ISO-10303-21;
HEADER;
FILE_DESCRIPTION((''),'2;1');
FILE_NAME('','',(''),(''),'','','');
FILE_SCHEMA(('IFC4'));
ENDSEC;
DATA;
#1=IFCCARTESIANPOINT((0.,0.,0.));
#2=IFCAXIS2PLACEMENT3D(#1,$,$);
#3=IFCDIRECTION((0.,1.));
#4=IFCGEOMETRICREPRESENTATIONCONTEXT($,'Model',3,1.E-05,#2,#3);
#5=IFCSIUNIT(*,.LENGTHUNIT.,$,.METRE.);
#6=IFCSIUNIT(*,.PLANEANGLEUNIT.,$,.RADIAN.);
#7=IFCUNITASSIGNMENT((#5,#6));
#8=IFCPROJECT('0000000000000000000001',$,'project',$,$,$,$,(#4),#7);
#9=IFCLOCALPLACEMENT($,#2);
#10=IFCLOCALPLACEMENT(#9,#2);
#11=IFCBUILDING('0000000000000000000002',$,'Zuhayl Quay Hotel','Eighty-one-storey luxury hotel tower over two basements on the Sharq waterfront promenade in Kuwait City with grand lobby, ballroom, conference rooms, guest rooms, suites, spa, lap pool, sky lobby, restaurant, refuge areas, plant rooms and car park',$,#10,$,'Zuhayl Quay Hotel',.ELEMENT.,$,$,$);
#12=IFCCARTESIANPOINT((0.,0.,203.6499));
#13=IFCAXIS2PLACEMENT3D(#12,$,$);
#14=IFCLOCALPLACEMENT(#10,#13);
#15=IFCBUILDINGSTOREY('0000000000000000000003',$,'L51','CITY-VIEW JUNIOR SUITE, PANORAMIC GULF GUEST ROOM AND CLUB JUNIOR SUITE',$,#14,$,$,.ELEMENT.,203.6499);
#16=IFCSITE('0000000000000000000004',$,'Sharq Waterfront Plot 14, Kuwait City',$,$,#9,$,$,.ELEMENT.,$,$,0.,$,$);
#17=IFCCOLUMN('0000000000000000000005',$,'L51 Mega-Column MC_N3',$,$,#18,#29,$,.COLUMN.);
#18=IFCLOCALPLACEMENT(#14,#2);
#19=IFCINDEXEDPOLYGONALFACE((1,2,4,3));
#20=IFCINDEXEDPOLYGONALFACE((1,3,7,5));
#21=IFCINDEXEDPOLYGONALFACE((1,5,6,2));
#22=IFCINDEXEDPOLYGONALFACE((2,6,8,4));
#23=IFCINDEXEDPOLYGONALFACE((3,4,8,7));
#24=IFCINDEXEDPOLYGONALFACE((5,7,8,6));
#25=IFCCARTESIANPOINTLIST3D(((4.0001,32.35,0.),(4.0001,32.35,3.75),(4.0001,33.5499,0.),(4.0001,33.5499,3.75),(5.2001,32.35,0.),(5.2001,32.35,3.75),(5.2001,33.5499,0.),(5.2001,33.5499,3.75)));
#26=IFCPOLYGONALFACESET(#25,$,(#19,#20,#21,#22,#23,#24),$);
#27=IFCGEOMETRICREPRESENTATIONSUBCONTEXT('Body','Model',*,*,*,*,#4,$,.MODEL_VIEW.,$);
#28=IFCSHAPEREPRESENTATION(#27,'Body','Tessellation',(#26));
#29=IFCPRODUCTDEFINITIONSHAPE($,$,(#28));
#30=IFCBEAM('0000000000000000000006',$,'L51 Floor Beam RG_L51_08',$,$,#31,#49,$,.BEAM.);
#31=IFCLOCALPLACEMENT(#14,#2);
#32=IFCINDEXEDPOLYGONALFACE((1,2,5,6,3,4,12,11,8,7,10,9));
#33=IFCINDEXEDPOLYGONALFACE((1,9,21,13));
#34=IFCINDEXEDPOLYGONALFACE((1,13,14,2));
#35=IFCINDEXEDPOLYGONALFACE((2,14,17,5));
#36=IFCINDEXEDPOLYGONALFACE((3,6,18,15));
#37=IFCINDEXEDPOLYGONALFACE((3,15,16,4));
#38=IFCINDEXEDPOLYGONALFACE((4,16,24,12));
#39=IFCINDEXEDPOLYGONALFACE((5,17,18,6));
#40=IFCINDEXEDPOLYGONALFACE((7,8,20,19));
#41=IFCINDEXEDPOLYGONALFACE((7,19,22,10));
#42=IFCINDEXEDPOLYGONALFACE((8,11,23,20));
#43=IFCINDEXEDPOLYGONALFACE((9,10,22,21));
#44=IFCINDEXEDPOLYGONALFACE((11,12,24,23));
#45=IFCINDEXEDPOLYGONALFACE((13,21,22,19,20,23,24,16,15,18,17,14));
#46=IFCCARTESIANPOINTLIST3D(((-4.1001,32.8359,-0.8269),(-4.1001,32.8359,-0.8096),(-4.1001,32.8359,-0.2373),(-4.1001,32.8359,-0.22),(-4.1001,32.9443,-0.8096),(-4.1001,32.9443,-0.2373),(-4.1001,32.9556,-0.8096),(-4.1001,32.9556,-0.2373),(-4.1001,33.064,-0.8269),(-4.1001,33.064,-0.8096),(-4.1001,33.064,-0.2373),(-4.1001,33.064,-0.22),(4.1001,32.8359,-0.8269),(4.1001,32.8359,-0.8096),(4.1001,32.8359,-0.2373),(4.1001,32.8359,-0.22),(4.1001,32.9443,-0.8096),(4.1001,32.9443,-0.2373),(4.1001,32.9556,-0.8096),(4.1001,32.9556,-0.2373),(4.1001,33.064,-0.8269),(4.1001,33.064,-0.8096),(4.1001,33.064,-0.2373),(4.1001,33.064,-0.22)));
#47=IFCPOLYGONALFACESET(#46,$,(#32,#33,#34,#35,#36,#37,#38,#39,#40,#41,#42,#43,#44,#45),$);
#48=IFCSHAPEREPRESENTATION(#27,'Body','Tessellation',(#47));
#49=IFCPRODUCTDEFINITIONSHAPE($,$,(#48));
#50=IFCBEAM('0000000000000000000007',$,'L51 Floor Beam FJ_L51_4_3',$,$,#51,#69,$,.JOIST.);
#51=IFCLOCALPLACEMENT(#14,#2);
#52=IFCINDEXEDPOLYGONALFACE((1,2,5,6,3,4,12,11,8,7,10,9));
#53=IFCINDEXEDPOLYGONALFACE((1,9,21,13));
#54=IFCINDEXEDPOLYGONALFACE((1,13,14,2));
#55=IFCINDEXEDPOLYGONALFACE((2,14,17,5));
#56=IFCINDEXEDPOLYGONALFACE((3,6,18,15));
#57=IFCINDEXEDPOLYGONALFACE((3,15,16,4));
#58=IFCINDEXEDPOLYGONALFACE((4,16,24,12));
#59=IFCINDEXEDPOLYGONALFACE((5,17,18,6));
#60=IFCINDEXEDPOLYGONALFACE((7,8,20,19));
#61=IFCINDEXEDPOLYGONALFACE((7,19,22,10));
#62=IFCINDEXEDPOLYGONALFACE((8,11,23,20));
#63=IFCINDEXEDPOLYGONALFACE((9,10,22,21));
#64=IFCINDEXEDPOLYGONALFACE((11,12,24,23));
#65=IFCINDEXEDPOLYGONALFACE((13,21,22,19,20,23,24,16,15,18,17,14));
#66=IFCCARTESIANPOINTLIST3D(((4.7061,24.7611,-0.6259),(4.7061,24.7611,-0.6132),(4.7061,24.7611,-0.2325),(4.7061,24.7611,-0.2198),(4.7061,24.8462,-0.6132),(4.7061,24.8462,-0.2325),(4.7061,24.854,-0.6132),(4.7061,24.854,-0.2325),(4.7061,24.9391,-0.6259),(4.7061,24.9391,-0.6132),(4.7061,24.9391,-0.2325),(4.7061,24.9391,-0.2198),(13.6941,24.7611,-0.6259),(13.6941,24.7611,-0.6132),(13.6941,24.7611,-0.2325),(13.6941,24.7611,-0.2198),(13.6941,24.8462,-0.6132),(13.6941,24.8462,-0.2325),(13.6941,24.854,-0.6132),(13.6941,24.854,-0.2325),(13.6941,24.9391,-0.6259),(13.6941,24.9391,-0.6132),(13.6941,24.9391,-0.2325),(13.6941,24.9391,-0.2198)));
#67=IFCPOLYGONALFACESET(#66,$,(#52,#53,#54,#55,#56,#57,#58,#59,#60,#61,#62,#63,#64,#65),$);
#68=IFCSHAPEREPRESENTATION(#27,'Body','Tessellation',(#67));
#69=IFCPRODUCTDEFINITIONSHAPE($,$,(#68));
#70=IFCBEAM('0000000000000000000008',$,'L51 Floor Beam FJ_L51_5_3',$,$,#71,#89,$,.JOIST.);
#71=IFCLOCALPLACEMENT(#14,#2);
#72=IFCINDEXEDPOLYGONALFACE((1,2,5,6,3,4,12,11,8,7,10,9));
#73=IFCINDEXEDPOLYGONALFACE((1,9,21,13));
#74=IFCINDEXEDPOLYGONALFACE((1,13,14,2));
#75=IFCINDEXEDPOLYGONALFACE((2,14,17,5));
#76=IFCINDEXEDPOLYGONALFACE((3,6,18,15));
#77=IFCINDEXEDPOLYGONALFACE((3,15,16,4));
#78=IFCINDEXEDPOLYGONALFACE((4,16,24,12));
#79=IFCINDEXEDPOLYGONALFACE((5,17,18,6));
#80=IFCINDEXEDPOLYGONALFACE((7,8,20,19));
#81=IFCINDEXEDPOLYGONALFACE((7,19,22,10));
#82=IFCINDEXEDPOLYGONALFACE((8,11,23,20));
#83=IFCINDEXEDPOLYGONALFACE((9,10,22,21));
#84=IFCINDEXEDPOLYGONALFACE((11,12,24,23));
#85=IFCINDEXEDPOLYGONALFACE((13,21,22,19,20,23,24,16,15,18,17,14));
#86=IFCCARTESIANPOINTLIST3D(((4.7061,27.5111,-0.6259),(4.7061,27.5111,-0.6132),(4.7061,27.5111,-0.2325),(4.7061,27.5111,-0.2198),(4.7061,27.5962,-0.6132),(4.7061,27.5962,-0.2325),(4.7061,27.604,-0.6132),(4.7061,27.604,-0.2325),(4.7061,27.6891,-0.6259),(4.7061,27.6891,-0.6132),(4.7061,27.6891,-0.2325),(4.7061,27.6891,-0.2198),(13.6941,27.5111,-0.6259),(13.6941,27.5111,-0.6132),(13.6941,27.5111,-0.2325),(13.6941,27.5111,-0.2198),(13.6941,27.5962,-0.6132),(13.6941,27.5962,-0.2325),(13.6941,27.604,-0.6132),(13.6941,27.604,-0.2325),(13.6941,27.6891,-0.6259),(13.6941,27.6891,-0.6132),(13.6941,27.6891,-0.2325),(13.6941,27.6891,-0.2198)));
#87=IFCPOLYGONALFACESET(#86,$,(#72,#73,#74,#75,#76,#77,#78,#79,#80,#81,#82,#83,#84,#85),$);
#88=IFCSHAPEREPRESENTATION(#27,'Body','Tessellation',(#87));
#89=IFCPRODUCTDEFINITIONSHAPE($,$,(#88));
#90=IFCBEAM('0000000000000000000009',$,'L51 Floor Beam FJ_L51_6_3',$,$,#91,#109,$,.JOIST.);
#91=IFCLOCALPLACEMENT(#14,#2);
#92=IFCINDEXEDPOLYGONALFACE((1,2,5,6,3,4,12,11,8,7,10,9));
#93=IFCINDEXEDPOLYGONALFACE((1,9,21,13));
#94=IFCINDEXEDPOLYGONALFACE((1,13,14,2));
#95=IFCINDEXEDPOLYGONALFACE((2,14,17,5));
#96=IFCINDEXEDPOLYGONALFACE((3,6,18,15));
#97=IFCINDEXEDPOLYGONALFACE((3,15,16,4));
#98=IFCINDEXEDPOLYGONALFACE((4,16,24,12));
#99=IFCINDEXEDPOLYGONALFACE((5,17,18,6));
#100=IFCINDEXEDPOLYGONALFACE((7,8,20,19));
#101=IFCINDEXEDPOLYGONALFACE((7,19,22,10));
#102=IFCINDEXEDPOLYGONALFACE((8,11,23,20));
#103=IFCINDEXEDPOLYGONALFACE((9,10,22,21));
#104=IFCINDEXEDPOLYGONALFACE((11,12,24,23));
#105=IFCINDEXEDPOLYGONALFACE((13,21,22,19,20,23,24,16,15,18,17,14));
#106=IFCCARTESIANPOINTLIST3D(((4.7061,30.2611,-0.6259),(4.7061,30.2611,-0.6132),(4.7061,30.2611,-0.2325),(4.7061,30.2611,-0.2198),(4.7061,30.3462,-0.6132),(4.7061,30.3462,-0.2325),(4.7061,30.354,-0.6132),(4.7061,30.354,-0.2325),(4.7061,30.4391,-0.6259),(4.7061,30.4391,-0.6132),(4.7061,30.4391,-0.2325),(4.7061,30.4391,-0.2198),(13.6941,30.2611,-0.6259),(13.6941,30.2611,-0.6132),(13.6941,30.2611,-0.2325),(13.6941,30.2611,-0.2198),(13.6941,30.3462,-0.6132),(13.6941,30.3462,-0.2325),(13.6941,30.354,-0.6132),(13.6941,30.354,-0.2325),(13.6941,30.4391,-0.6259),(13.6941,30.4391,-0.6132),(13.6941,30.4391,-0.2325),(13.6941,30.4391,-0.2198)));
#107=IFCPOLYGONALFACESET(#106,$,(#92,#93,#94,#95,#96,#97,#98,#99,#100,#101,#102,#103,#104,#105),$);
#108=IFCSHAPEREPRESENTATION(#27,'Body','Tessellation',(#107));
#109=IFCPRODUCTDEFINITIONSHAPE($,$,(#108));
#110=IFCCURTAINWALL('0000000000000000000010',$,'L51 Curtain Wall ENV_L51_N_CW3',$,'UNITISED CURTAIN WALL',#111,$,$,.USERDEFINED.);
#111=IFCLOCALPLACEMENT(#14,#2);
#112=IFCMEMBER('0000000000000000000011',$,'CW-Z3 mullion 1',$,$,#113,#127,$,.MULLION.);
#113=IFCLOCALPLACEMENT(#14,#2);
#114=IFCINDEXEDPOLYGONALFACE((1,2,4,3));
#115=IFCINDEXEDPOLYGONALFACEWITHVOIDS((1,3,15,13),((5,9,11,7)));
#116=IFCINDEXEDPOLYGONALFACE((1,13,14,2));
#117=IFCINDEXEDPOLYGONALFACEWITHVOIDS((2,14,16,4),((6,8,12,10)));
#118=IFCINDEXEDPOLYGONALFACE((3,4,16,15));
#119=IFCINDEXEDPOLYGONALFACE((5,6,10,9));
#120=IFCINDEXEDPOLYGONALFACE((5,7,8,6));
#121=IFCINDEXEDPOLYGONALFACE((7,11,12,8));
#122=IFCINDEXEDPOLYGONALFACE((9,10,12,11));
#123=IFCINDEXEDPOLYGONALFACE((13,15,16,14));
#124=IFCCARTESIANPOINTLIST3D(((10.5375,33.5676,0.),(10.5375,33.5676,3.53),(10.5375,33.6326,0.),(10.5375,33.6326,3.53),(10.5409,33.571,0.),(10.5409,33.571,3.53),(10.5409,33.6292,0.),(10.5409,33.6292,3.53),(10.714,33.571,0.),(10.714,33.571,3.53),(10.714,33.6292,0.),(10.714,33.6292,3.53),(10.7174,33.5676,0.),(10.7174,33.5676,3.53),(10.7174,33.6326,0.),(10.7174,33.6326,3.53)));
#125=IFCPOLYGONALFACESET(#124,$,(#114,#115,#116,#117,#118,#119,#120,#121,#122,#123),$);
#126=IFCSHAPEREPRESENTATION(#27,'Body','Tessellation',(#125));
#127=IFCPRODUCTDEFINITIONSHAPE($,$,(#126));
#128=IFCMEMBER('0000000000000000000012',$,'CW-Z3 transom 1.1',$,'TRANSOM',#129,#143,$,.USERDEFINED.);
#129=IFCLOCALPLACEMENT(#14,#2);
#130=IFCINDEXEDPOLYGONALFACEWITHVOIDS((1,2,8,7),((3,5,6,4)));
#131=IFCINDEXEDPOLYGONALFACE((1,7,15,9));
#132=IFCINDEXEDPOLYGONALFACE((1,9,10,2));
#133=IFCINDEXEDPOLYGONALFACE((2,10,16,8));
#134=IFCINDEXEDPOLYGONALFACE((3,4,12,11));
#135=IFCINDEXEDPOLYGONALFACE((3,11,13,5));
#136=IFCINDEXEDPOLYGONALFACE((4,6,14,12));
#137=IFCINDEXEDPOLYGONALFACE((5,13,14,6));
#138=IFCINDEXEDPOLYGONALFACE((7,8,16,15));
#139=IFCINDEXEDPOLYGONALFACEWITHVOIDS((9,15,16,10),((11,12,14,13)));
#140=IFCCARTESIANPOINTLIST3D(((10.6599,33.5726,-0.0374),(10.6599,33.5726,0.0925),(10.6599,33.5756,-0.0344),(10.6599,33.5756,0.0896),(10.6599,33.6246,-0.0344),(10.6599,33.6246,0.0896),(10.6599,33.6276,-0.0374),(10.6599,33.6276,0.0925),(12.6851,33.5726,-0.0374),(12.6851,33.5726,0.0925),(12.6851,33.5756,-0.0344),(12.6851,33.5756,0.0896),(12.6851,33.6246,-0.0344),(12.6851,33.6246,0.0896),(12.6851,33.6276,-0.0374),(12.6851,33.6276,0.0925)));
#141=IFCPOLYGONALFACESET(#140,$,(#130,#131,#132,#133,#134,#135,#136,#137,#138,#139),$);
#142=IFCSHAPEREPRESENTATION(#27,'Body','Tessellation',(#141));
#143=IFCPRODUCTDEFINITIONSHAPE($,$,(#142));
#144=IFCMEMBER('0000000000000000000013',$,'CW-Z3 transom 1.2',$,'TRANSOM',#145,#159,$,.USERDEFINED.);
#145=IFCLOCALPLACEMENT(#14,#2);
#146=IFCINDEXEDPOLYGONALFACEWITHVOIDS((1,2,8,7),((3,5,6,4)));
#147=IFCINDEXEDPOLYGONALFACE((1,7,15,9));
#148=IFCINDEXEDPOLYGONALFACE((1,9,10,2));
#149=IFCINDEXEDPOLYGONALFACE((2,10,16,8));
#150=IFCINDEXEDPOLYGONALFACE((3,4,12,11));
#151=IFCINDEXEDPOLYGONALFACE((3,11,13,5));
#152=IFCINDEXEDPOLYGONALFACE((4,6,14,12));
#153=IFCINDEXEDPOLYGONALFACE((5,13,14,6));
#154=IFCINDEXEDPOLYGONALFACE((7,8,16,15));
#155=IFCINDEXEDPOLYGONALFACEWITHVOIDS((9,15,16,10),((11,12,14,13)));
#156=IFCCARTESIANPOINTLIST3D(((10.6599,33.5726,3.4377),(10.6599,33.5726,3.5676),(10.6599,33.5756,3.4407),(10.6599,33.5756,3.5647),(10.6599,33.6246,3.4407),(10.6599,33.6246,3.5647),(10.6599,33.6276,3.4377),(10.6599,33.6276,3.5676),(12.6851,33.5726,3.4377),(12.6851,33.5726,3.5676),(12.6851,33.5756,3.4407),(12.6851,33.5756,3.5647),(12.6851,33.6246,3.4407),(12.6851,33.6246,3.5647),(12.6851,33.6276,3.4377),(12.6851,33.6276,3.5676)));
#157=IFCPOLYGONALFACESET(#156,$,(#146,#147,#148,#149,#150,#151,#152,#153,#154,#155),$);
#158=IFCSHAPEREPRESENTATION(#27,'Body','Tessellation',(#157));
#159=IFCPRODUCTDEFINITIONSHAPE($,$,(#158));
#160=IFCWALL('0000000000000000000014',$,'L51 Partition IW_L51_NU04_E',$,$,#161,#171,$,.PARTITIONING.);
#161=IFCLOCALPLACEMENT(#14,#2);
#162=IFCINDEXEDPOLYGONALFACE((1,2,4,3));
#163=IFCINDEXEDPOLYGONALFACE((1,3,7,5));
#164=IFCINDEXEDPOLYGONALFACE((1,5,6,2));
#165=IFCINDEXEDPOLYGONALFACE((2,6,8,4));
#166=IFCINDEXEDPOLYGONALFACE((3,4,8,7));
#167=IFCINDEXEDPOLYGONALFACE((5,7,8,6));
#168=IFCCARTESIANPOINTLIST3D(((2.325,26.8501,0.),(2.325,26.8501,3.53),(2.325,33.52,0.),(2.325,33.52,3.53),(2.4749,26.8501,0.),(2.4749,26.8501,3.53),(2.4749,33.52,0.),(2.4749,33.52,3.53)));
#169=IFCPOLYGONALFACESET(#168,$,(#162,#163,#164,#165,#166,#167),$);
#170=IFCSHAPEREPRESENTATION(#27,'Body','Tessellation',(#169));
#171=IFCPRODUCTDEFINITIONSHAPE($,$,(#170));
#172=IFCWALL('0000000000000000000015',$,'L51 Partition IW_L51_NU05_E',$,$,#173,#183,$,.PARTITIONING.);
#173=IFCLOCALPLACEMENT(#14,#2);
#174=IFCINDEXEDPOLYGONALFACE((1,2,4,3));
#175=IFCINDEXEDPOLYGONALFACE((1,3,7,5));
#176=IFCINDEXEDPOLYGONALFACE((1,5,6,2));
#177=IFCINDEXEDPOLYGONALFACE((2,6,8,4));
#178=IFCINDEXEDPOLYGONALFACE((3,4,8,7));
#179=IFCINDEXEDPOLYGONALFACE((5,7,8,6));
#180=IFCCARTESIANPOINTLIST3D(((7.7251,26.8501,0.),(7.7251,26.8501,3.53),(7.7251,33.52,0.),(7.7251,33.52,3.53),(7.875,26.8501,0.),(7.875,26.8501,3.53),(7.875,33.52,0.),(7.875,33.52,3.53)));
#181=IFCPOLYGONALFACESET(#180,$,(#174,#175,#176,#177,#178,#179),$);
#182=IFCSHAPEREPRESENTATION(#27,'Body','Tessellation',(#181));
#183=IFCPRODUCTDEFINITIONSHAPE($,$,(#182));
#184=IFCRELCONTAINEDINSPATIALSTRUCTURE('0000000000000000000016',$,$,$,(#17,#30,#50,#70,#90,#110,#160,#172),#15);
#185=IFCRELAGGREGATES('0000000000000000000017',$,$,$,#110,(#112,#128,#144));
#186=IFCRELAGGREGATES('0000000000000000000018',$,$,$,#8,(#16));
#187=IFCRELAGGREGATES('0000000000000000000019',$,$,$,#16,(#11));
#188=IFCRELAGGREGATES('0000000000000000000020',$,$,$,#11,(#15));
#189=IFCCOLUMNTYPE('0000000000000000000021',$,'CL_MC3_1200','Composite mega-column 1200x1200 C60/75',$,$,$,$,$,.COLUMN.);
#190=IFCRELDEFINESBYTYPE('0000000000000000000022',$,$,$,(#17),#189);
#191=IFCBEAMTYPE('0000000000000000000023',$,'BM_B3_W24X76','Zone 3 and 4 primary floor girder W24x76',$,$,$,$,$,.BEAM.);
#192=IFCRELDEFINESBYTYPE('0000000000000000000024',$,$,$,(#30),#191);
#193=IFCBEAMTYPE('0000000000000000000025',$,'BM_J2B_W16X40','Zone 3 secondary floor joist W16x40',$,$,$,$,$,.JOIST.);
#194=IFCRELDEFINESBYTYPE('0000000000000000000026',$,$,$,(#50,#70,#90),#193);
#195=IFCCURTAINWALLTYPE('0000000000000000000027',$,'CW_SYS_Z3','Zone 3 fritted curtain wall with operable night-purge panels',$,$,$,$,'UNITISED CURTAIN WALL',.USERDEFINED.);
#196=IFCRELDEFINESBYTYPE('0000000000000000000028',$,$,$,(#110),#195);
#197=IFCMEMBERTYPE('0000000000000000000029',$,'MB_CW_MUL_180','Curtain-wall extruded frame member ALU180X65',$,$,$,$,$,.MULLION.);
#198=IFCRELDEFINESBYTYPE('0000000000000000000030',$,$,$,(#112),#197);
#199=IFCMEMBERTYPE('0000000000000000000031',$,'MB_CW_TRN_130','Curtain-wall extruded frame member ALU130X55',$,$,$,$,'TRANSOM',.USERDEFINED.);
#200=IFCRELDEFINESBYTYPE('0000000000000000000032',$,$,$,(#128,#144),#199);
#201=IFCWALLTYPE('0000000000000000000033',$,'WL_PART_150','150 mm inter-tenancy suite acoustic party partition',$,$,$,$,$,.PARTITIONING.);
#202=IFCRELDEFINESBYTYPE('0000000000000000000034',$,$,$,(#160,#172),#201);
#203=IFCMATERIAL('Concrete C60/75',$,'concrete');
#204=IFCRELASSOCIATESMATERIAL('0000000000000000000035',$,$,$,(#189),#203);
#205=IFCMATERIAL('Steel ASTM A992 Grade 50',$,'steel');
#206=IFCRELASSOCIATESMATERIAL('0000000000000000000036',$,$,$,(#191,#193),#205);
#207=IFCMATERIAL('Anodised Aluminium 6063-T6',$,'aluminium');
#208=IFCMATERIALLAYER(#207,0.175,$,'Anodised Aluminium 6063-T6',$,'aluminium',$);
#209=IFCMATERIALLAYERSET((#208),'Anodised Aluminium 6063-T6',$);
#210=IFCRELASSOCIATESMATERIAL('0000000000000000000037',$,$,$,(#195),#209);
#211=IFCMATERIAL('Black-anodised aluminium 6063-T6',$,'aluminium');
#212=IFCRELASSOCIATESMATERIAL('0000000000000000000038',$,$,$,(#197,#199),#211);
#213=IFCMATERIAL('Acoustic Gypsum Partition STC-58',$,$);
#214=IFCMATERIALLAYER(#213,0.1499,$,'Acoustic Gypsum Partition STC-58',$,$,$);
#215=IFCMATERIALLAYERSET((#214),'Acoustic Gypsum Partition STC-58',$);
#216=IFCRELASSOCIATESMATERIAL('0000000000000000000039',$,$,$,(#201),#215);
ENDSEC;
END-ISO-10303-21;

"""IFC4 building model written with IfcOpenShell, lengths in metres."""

from ifc_helpers import new_model, si_unit, direction, frame, frame_2d, origin, origin_2d, place, context, subcontext, project, spatial, rectangle, hollow_rectangle, i_section, extrude, material, layer, layer_set, material_profile, profile_set, type_object, element, aggregate, save


model = new_model("IFC4")

# Units and contexts
model_context = context("Model", 3, precision=1e-05, world=origin(), true_north=direction((0.0, 1.0)))
body_context = subcontext(model_context, "Body", "Model", "MODEL_VIEW")
ifc_project = project(units=[si_unit("LENGTHUNIT", "METRE"), si_unit("PLANEANGLEUNIT", "RADIAN")], contexts=[model_context])

# Site, building, storey
site_placement = place(None, origin())
site = spatial("IfcSite", under=ifc_project, at=site_placement, Name="Sharq Waterfront Plot 14, Kuwait City", CompositionType="ELEMENT", RefElevation=0.0)
building_placement = place(site_placement, origin())
building = spatial("IfcBuilding", under=site, at=building_placement, Name="Zuhayl Quay Hotel", Description="Eighty-one-storey luxury hotel tower over two basements on the Sharq waterfront promenade in Kuwait City with grand lobby, ballroom, conference rooms, guest rooms, suites, spa, lap pool, sky lobby, restaurant, refuge areas, plant rooms and car park", LongName="Zuhayl Quay Hotel", CompositionType="ELEMENT")
storey_placement = place(building_placement, frame((0.0, 0.0, 203.6499)))
storey = spatial("IfcBuildingStorey", under=building, at=storey_placement, Name="L51", Description="CITY-VIEW JUNIOR SUITE, PANORAMIC GULF GUEST ROOM AND CLUB JUNIOR SUITE", CompositionType="ELEMENT", Elevation=203.6499)

# Column
ifc_material_1 = material(Name="Concrete C60/75", Category="concrete")
ifc_material_profile_1 = material_profile(ifc_material_1, rectangle(XDim=1.2, YDim=1.2, at=origin_2d()), Name="RC1200X1200")
ifc_profile_set_1 = profile_set([ifc_material_profile_1], Name="Concrete C60/75")
column_type = type_object("IfcColumnType", Name="CL_MC3_1200", Description="Composite mega-column 1200x1200 C60/75", PredefinedType="COLUMN", material=ifc_profile_set_1)
column_placement = place(storey_placement, frame((4.6001, 32.95, 0.0), z_axis=(0.0, 0.0, 1.0), x_axis=(1.0, 0.0, 0.0)))
element("IfcColumn", 1, at=column_placement, inside=storey, type_object=column_type, Name="L51 Mega-Column MC_N3", PredefinedType="COLUMN", context=body_context, shape_type="SweptSolid", body=[
    extrude(rectangle(XDim=1.2, YDim=1.2, at=origin_2d()), origin(), (0.0, 0.0, 1.0), 3.75),
])

# Beams
ifc_material_2 = material(Name="Steel ASTM A992 Grade 50", Category="steel")
ifc_material_profile_2 = material_profile(ifc_material_2, i_section(OverallWidth=0.228, OverallDepth=0.6069, WebThickness=0.0112, FlangeThickness=0.0173, at=origin_2d()), Name="W24X76")
ifc_profile_set_2 = profile_set([ifc_material_profile_2], Name="Steel ASTM A992 Grade 50")
beam_type_1 = type_object("IfcBeamType", Name="BM_B3_W24X76", Description="Zone 3 and 4 primary floor girder W24x76", PredefinedType="BEAM", material=ifc_profile_set_2)
beam_placement = place(storey_placement, frame((4.1001, 32.95, -0.5234), z_axis=(-1.0, 0.0, 0.0), x_axis=(0.0, -1.0, 0.0)))
element("IfcBeam", 2, at=beam_placement, inside=storey, type_object=beam_type_1, Name="L51 Floor Beam RG_L51_08", PredefinedType="BEAM", context=body_context, shape_type="SweptSolid", body=[
    extrude(i_section(OverallWidth=0.228, OverallDepth=0.6069, WebThickness=0.0112, FlangeThickness=0.0173, at=origin_2d()), origin(), (0.0, 0.0, 1.0), 8.2002),
])
ifc_material_profile_3 = material_profile(ifc_material_2, i_section(OverallWidth=0.178, OverallDepth=0.406, WebThickness=0.0078, FlangeThickness=0.0127, at=origin_2d()), Name="W16X40")
ifc_profile_set_3 = profile_set([ifc_material_profile_3], Name="Steel ASTM A992 Grade 50")
beam_type_2 = type_object("IfcBeamType", Name="BM_J2B_W16X40", Description="Zone 3 secondary floor joist W16x40", PredefinedType="JOIST", material=ifc_profile_set_3)
for number, where, z_axis, x_axis, name in (
    (3, (4.7061, 24.8501, -0.4229), (1.0, 0.0, 0.0), (0.0, 1.0, 0.0), "L51 Floor Beam FJ_L51_4_3"),
    (4, (4.7061, 27.6001, -0.4229), (1.0, 0.0, 0.0), (0.0, 1.0, 0.0), "L51 Floor Beam FJ_L51_5_3"),
    (5, (4.7061, 30.3501, -0.4229), (1.0, 0.0, 0.0), (0.0, 1.0, 0.0), "L51 Floor Beam FJ_L51_6_3"),
):
    element("IfcBeam", number, at=place(storey_placement, frame(where, z_axis=z_axis, x_axis=x_axis)), inside=storey, type_object=beam_type_2, Name=name, PredefinedType="JOIST", context=body_context, shape_type="SweptSolid", body=[
        extrude(i_section(OverallWidth=0.178, OverallDepth=0.406, WebThickness=0.0078, FlangeThickness=0.0127, at=origin_2d()), origin(), (0.0, 0.0, 1.0), 8.988),
    ])

# Curtain wall, members
ifc_material_3 = material(Name="Anodised Aluminium 6063-T6", Category="aluminium")
ifc_layer_1 = layer(ifc_material_3, 0.175, Name="Anodised Aluminium 6063-T6", Category="aluminium")
ifc_layer_set_1 = layer_set([ifc_layer_1], Name="Anodised Aluminium 6063-T6")
curtain_wall_type = type_object("IfcCurtainWallType", Name="CW_SYS_Z3", Description="Zone 3 fritted curtain wall with operable night-purge panels", ElementType="UNITISED CURTAIN WALL", PredefinedType="USERDEFINED", material=ifc_layer_set_1)
curtain_wall_placement = place(storey_placement, origin())
curtain_wall = element("IfcCurtainWall", 6, at=curtain_wall_placement, inside=storey, type_object=curtain_wall_type, Name="L51 Curtain Wall ENV_L51_N_CW3", ObjectType="UNITISED CURTAIN WALL", PredefinedType="USERDEFINED")
ifc_material_4 = material(Name="Black-anodised aluminium 6063-T6", Category="aluminium")
ifc_material_profile_4 = material_profile(ifc_material_4, hollow_rectangle(XDim=0.0649, YDim=0.1799, WallThickness=0.0034, at=origin_2d()), Name="ALU180X65")
ifc_profile_set_4 = profile_set([ifc_material_profile_4], Name="Black-anodised aluminium 6063-T6")
member_type_1 = type_object("IfcMemberType", Name="MB_CW_MUL_180", Description="Curtain-wall extruded frame member ALU180X65", PredefinedType="MULLION", material=ifc_profile_set_4)
member_1_placement = place(storey_placement, frame((10.6274, 33.6001, 0.0), z_axis=(0.0, 0.0, 1.0), x_axis=(0.0, 1.0, 0.0)))
member_1 = element("IfcMember", 7, at=member_1_placement, type_object=member_type_1, Name="CW-Z3 mullion 1", PredefinedType="MULLION", context=body_context, shape_type="SweptSolid", body=[
    extrude(hollow_rectangle(XDim=0.0649, YDim=0.1799, WallThickness=0.0034, at=origin_2d()), origin(), (0.0, 0.0, 1.0), 3.53),
])
ifc_material_profile_5 = material_profile(ifc_material_4, hollow_rectangle(XDim=0.0549, YDim=0.1299, WallThickness=0.0029, at=origin_2d()), Name="ALU130X55")
ifc_profile_set_5 = profile_set([ifc_material_profile_5], Name="Black-anodised aluminium 6063-T6")
member_type_2 = type_object("IfcMemberType", Name="MB_CW_TRN_130", Description="Curtain-wall extruded frame member ALU130X55", ElementType="TRANSOM", PredefinedType="USERDEFINED", material=ifc_profile_set_5)
member_2_placement = place(storey_placement, frame((10.6599, 33.6001, 0.0276), z_axis=(1.0, 0.0, 0.0), x_axis=(0.0, 1.0, 0.0)))
member_2 = element("IfcMember", 8, at=member_2_placement, type_object=member_type_2, Name="CW-Z3 transom 1.1", ObjectType="TRANSOM", PredefinedType="USERDEFINED", context=body_context, shape_type="SweptSolid", body=[
    extrude(hollow_rectangle(XDim=0.0549, YDim=0.1299, WallThickness=0.0029, at=origin_2d()), origin(), (0.0, 0.0, 1.0), 2.0251),
])
member_3_placement = place(storey_placement, frame((10.6599, 33.6001, 3.5027), z_axis=(1.0, 0.0, 0.0), x_axis=(0.0, 1.0, 0.0)))
member_3 = element("IfcMember", 9, at=member_3_placement, type_object=member_type_2, Name="CW-Z3 transom 1.2", ObjectType="TRANSOM", PredefinedType="USERDEFINED", context=body_context, shape_type="SweptSolid", body=[
    extrude(hollow_rectangle(XDim=0.0549, YDim=0.1299, WallThickness=0.0029, at=origin_2d()), origin(), (0.0, 0.0, 1.0), 2.0251),
])
aggregate(curtain_wall, [member_1, member_2, member_3])

# Walls
ifc_material_5 = material(Name="Acoustic Gypsum Partition STC-58")
ifc_layer_2 = layer(ifc_material_5, 0.1499, Name="Acoustic Gypsum Partition STC-58")
ifc_layer_set_2 = layer_set([ifc_layer_2], Name="Acoustic Gypsum Partition STC-58")
wall_type_1 = type_object("IfcWallType", Name="WL_PART_150", Description="150 mm inter-tenancy suite acoustic party partition", PredefinedType="PARTITIONING", material=ifc_layer_set_2)
for number, where, z_axis, x_axis, name in (
    (10, (2.3999, 26.8501, 0.0), (0.0, 0.0, 1.0), (0.0, 1.0, 0.0), "L51 Partition IW_L51_NU04_E"),
    (11, (7.8, 26.8501, 0.0), (0.0, 0.0, 1.0), (0.0, 1.0, 0.0), "L51 Partition IW_L51_NU05_E"),
):
    element("IfcWall", number, at=place(storey_placement, frame(where, z_axis=z_axis, x_axis=x_axis)), inside=storey, type_object=wall_type_1, Name=name, PredefinedType="PARTITIONING", context=body_context, shape_type="SweptSolid", body=[
        extrude(rectangle(XDim=6.6699, YDim=0.1499, at=frame_2d((3.335, 0.0))), origin(), (0.0, 0.0, 1.0), 3.53),
    ])

save(model, "model.ifc")
